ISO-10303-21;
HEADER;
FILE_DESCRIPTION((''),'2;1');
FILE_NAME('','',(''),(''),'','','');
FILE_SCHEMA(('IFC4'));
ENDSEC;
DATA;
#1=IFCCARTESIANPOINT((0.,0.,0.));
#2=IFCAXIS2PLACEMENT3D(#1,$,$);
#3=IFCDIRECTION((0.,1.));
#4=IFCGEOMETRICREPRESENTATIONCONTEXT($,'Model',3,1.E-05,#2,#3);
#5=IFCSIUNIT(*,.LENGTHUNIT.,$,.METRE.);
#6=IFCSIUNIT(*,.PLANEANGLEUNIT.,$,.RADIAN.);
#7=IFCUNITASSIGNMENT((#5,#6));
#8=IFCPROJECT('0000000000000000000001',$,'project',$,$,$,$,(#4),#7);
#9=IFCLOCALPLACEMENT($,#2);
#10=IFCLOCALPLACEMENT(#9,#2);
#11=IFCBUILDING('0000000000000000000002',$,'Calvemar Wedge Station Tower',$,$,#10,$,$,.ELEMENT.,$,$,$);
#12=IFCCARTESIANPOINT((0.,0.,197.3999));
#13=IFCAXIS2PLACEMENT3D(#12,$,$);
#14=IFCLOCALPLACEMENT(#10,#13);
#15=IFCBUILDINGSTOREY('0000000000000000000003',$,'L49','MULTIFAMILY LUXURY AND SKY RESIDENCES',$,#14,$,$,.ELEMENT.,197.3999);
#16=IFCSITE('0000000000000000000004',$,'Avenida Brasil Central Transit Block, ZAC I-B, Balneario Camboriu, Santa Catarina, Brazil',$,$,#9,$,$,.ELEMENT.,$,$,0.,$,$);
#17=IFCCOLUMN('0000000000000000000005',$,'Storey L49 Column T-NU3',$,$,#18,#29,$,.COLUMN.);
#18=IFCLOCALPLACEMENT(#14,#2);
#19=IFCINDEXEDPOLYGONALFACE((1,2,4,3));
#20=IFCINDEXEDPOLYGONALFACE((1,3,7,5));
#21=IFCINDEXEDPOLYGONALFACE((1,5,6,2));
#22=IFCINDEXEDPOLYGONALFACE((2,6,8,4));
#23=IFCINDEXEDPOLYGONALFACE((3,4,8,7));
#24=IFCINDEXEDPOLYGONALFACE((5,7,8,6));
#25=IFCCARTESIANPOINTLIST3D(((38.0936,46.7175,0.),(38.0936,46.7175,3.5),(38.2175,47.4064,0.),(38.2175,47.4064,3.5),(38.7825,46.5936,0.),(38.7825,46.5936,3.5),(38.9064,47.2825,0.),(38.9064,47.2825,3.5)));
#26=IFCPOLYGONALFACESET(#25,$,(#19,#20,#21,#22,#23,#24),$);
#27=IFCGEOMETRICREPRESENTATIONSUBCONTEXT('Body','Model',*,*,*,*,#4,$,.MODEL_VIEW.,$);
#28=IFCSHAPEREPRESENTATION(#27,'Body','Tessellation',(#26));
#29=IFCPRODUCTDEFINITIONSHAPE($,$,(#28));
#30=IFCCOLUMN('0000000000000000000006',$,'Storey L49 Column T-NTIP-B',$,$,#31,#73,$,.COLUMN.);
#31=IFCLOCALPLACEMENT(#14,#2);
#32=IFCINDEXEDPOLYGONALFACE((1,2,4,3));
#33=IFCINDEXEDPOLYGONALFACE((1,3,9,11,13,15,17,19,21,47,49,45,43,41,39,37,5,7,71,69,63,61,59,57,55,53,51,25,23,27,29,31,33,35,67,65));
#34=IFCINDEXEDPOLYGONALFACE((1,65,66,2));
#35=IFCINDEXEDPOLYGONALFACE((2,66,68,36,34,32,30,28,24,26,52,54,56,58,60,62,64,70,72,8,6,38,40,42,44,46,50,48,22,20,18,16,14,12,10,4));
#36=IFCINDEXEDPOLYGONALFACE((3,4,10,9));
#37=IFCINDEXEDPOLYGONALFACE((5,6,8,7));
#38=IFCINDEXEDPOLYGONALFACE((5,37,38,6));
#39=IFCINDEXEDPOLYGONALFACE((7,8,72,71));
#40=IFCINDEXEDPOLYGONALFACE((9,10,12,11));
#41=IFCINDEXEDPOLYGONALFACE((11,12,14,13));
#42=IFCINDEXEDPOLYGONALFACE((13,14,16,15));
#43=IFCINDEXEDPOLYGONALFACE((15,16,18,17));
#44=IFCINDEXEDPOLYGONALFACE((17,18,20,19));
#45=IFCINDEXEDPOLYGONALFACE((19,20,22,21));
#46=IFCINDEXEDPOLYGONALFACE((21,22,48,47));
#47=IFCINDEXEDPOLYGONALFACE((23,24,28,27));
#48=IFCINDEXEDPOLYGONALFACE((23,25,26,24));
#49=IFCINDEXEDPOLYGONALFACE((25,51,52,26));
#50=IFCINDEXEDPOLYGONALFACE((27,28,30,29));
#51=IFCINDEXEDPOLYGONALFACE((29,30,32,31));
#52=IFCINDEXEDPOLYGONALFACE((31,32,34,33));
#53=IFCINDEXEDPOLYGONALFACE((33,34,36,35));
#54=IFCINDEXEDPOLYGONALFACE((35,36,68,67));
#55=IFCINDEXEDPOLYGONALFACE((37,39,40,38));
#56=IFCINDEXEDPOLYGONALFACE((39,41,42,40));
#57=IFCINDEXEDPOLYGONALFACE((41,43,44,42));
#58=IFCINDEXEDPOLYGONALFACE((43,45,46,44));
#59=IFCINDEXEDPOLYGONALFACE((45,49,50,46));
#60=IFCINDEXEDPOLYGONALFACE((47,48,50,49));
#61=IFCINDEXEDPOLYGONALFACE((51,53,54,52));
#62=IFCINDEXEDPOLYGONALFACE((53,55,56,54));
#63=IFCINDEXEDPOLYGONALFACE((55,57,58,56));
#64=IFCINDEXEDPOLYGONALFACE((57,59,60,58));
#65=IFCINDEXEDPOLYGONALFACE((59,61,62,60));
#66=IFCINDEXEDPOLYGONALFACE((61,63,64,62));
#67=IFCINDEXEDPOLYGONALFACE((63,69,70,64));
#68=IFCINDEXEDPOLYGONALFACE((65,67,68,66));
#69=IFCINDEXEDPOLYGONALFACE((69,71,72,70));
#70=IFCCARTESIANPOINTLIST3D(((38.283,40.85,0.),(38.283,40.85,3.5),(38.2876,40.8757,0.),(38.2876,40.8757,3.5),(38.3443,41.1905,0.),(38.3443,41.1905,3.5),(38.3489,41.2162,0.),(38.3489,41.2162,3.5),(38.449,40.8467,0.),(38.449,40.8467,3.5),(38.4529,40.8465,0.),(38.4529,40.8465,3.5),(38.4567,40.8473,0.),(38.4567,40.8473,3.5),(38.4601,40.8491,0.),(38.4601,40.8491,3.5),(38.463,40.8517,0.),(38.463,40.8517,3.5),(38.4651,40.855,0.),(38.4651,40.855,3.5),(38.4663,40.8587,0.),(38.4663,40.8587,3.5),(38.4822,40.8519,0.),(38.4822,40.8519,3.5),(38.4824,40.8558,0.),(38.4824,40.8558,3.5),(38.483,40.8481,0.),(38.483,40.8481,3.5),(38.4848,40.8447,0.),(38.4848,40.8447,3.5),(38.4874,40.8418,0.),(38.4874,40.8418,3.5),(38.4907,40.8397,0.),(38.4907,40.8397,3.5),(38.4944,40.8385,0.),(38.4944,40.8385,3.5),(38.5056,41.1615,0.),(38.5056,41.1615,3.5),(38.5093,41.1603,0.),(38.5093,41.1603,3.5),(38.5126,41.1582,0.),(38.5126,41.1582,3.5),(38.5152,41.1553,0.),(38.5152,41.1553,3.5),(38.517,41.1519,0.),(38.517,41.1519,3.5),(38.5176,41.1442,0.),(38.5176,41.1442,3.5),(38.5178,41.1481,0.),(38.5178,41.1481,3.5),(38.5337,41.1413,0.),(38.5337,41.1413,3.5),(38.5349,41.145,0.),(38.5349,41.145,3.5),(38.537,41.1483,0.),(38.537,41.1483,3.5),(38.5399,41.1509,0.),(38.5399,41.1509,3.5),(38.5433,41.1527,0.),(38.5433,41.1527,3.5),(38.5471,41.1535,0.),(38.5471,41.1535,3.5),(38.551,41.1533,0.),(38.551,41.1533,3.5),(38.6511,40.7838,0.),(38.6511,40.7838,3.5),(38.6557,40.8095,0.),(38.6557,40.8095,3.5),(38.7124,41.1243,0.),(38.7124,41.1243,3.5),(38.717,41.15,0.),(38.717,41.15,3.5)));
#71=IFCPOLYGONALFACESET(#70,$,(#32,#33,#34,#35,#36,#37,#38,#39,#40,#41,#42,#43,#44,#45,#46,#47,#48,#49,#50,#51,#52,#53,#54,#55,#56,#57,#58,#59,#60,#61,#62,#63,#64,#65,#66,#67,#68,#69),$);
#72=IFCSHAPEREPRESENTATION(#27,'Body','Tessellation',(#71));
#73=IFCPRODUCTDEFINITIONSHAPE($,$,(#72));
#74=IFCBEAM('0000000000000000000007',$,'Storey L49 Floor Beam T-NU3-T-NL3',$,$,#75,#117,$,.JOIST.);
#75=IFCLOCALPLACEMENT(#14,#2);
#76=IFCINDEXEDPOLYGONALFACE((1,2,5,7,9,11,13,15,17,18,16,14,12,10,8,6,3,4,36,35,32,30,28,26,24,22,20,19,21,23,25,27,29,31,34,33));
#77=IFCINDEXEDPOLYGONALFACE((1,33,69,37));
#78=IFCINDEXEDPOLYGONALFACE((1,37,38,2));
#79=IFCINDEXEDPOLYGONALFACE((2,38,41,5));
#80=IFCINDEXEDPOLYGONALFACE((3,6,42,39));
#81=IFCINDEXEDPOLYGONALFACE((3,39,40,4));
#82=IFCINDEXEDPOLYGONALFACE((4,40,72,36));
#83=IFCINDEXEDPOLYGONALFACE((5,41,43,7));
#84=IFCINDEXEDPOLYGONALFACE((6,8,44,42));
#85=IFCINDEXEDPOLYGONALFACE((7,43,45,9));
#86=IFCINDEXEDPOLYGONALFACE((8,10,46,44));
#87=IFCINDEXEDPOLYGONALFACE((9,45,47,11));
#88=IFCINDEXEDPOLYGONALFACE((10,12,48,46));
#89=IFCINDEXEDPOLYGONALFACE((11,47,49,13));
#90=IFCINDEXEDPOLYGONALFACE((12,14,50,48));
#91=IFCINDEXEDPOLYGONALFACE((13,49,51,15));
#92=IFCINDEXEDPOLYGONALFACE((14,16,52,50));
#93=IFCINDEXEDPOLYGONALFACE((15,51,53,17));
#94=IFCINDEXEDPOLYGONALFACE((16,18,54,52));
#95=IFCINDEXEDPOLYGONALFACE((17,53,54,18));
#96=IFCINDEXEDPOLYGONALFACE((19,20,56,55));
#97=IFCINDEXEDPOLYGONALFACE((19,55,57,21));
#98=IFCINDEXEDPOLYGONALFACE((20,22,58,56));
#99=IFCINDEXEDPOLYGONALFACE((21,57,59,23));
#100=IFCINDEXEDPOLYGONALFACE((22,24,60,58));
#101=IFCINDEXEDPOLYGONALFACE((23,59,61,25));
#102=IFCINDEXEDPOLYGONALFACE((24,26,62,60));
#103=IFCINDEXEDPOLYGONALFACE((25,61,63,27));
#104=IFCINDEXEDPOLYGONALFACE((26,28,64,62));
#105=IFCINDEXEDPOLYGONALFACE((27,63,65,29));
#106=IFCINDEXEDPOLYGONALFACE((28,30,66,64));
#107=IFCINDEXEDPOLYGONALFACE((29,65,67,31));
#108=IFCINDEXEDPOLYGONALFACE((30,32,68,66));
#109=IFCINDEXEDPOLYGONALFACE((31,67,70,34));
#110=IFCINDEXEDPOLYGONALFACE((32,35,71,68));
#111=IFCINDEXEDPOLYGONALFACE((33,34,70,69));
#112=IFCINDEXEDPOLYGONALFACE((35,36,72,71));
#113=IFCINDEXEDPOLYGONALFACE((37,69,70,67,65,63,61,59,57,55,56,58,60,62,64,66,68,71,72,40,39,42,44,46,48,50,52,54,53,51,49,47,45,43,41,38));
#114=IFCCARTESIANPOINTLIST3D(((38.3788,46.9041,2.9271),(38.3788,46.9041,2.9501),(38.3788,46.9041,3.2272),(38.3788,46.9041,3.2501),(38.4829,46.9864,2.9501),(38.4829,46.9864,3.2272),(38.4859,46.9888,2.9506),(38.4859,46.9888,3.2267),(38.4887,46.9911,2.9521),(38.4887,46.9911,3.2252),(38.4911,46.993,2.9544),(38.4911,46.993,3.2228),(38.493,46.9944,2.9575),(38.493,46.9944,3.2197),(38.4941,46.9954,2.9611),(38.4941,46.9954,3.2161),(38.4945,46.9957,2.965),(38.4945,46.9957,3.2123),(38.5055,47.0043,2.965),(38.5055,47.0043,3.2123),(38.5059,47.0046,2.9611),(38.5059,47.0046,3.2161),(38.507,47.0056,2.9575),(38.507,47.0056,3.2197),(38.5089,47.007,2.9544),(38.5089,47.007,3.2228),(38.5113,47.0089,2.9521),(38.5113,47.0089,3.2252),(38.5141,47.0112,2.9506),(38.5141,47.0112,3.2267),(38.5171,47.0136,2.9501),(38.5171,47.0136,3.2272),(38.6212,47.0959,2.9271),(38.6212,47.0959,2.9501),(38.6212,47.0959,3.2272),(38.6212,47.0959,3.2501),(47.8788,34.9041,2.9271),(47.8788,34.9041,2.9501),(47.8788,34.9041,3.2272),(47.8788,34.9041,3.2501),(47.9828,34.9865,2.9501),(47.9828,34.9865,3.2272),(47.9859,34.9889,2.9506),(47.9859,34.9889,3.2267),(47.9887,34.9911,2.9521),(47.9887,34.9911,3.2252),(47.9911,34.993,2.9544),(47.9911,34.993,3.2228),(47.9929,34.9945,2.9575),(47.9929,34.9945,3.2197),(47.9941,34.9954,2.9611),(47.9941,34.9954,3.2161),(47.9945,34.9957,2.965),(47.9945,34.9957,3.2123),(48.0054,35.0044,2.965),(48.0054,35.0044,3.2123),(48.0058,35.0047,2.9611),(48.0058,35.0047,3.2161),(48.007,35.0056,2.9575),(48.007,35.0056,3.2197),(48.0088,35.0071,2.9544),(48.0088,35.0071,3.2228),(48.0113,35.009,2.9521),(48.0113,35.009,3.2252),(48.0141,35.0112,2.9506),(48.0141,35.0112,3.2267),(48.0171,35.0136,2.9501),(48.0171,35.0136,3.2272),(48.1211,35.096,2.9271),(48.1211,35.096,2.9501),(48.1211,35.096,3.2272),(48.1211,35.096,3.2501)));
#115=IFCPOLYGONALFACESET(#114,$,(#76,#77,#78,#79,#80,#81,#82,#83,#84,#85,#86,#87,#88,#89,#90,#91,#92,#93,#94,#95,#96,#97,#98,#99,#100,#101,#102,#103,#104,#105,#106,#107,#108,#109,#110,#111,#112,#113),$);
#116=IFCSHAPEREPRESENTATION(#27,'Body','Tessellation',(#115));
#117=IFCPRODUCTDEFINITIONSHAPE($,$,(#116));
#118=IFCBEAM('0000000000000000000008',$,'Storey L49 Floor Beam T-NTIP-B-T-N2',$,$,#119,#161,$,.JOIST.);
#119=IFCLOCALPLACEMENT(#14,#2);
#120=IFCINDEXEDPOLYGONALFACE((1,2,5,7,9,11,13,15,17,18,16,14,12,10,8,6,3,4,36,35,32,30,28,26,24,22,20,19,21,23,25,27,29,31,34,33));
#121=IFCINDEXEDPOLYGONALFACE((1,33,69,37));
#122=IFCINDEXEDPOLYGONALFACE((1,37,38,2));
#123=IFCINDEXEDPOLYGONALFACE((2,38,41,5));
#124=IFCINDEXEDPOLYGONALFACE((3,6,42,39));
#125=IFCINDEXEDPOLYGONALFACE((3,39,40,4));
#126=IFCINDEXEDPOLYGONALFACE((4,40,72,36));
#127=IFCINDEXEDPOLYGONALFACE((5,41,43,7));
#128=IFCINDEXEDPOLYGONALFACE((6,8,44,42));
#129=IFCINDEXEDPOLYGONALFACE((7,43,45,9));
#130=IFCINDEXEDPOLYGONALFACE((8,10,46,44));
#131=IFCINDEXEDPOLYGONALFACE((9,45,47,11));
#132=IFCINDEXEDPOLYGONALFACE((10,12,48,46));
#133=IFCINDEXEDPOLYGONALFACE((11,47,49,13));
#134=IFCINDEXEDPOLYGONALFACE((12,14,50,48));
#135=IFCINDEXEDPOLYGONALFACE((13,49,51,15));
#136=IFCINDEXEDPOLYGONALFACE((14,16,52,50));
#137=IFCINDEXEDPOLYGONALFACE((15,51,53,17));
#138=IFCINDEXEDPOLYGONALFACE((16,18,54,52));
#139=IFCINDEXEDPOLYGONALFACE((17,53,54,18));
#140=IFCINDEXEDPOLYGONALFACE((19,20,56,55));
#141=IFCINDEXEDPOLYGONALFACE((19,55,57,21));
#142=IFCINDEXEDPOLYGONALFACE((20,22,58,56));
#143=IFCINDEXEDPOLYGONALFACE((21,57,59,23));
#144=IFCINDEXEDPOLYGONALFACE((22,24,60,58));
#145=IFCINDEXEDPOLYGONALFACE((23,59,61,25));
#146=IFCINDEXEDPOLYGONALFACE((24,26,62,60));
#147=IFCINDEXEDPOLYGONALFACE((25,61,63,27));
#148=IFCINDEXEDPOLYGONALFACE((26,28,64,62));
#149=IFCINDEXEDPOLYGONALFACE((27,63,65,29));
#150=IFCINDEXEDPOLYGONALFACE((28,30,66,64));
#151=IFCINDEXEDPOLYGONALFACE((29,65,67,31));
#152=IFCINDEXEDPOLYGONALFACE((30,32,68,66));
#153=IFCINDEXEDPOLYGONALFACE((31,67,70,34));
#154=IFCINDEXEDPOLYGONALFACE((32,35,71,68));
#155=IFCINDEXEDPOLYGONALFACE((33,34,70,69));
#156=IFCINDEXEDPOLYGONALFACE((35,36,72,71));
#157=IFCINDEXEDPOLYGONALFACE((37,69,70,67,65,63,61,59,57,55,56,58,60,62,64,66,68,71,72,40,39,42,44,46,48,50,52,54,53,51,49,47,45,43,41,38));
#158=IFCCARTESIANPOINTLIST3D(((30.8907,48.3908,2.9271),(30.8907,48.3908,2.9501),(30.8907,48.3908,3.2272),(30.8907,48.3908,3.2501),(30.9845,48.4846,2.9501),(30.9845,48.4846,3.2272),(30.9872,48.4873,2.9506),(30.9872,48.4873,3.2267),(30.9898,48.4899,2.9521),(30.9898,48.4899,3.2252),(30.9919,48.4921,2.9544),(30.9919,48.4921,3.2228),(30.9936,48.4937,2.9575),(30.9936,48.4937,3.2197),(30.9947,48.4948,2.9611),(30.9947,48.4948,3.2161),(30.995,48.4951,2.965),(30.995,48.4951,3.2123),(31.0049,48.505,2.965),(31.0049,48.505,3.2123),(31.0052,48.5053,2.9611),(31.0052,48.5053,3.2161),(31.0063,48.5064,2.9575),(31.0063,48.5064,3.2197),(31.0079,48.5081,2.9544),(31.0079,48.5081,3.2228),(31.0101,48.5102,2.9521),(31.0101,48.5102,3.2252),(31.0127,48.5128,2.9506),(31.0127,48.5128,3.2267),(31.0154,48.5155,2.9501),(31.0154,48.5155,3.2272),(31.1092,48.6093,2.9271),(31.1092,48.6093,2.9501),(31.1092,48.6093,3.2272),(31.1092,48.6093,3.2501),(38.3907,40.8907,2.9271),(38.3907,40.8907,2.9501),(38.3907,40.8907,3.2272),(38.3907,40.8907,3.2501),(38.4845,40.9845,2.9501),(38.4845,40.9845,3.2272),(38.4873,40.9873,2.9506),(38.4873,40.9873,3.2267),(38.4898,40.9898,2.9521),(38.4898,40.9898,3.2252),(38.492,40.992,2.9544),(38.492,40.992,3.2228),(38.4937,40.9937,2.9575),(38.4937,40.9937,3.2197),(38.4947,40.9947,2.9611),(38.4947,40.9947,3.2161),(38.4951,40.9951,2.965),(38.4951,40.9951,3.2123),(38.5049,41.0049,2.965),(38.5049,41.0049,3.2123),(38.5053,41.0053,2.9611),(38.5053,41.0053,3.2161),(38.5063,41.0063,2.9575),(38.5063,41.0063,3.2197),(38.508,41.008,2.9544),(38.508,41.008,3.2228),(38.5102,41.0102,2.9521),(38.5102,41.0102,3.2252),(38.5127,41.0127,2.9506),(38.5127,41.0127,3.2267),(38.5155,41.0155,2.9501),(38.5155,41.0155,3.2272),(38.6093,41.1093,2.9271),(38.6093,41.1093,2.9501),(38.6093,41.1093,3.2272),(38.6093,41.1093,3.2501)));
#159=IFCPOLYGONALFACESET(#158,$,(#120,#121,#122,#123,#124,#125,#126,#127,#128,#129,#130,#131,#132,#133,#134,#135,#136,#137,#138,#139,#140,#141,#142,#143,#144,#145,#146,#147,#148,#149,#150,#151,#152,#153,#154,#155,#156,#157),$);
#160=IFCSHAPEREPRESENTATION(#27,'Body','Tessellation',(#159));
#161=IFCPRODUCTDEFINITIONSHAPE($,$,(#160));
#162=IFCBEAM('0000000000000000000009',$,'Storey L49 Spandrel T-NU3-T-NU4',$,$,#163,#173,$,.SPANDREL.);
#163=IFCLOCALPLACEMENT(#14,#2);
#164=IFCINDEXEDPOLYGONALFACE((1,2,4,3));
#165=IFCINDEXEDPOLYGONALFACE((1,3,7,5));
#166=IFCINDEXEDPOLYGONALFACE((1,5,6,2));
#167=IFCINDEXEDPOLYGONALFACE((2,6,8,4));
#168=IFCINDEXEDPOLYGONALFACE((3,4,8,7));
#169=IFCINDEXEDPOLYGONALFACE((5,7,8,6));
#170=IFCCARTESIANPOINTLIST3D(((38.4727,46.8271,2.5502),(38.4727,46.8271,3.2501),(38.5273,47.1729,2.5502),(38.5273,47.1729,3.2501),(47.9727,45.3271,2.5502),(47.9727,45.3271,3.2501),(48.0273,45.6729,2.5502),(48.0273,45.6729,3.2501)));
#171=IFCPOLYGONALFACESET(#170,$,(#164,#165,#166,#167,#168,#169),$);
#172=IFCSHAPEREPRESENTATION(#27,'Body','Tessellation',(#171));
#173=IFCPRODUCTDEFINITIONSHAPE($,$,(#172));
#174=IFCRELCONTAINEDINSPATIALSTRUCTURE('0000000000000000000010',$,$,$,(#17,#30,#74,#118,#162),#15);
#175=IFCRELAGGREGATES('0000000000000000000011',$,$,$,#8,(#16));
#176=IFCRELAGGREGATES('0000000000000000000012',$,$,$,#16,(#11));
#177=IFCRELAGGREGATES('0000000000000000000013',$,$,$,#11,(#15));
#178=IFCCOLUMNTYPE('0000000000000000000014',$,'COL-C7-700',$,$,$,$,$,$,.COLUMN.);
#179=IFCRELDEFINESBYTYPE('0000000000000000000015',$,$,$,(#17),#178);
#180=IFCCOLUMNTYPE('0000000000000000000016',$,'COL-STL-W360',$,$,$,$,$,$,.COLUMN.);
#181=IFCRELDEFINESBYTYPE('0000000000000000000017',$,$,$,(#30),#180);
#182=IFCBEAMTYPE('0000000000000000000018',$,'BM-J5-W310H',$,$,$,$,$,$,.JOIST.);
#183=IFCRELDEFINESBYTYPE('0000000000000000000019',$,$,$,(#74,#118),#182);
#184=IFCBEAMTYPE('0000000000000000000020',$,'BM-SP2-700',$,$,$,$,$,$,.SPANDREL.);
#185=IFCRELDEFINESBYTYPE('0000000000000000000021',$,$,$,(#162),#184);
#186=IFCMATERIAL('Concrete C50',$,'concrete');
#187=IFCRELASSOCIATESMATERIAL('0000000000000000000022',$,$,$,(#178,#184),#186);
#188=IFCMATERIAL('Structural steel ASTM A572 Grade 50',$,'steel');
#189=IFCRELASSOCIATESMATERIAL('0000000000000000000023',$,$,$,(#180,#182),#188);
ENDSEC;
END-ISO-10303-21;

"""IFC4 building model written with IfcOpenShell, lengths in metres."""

from ifc_helpers import new_model, si_unit, direction, frame, origin, origin_2d, place, context, subcontext, project, spatial, rectangle, i_section, extrude, source, transform, mapped, material, material_profile, profile_set, type_object, element, save


model = new_model("IFC4")

# Units and contexts
model_context = context("Model", 3, precision=1e-05, world=origin(), true_north=direction((0.0, 1.0)))
body_context = subcontext(model_context, "Body", "Model", "MODEL_VIEW")
ifc_project = project(units=[si_unit("LENGTHUNIT", "METRE"), si_unit("PLANEANGLEUNIT", "RADIAN")], contexts=[model_context])

# Site, building, storey
site_placement = place(None, origin())
site = spatial("IfcSite", under=ifc_project, at=site_placement, Name="Avenida Brasil Central Transit Block, ZAC I-B, Balneario Camboriu, Santa Catarina, Brazil", CompositionType="ELEMENT", RefElevation=0.0)
building_placement = place(site_placement, origin())
building = spatial("IfcBuilding", under=site, at=building_placement, Name="Calvemar Wedge Station Tower", CompositionType="ELEMENT")
storey_placement = place(building_placement, frame((0.0, 0.0, 197.3999)))
storey = spatial("IfcBuildingStorey", under=building, at=storey_placement, Name="L49", Description="MULTIFAMILY LUXURY AND SKY RESIDENCES", CompositionType="ELEMENT", Elevation=197.3999)

# Columns
ifc_material_1 = material(Name="Concrete C50", Category="concrete")
ifc_material_profile_1 = material_profile(ifc_material_1, rectangle(XDim=0.7, YDim=0.7, at=origin_2d()), Name="RC700x700")
ifc_profile_set_1 = profile_set([ifc_material_profile_1], Name="Concrete C50")
column_type_1 = type_object("IfcColumnType", Name="COL-C7-700", PredefinedType="COLUMN", material=ifc_profile_set_1)
shared_shape_1 = source(origin(), body_context, "Body", "SweptSolid", [
    extrude(rectangle(XDim=0.7, YDim=0.7, at=origin_2d()), origin(), (0.0, 0.0, 1.0), 3.5),
])
column_1_placement = place(storey_placement, frame((38.5, 47.0, 0.0), z_axis=(0.0, 0.0, 1.0), x_axis=(0.984196, -0.177085, 0.0)))
element("IfcColumn", 1, at=column_1_placement, inside=storey, type_object=column_type_1, Name="Storey L49 Column T-NU3", PredefinedType="COLUMN", context=body_context, shape_type="MappedRepresentation", body=[
    mapped(shared_shape_1, transform((0.0, 0.0, 0.0), scale=1.0)),
])
ifc_material_2 = material(Name="Structural steel ASTM A572 Grade 50", Category="steel")
ifc_material_profile_2 = material_profile(ifc_material_2, i_section(OverallWidth=0.374, OverallDepth=0.3721, WebThickness=0.0164, FlangeThickness=0.0261, FilletRadius=0.0149, at=origin_2d()), Name="W360x196")
ifc_profile_set_2 = profile_set([ifc_material_profile_2], Name="Structural steel ASTM A572 Grade 50")
column_type_2 = type_object("IfcColumnType", Name="COL-STL-W360", PredefinedType="COLUMN", material=ifc_profile_set_2)
shared_shape_2 = source(origin(), body_context, "Body", "SweptSolid", [
    extrude(i_section(OverallWidth=0.374, OverallDepth=0.3721, WebThickness=0.0164, FlangeThickness=0.0261, FilletRadius=0.0149, at=origin_2d()), origin(), (0.0, 0.0, 1.0), 3.5),
])
column_2_placement = place(storey_placement, frame((38.5, 41.0, 0.0), z_axis=(0.0, 0.0, 1.0), x_axis=(0.984196, -0.177085, 0.0)))
element("IfcColumn", 2, at=column_2_placement, inside=storey, type_object=column_type_2, Name="Storey L49 Column T-NTIP-B", PredefinedType="COLUMN", context=body_context, shape_type="MappedRepresentation", body=[
    mapped(shared_shape_2, transform((0.0, 0.0, 0.0), scale=1.0)),
])

# Beams
ifc_material_profile_3 = material_profile(ifc_material_2, i_section(OverallWidth=0.3091, OverallDepth=0.323, WebThickness=0.0139, FlangeThickness=0.0229, FilletRadius=0.0149, at=origin_2d()), Name="W310x143")
ifc_profile_set_3 = profile_set([ifc_material_profile_3], Name="Structural steel ASTM A572 Grade 50")
beam_type_1 = type_object("IfcBeamType", Name="BM-J5-W310H", PredefinedType="JOIST", material=ifc_profile_set_3)
shared_shape_3 = source(origin(), body_context, "Body", "SweptSolid", [
    extrude(i_section(OverallWidth=0.3091, OverallDepth=0.323, WebThickness=0.0139, FlangeThickness=0.0229, FilletRadius=0.0149, at=origin_2d()), origin(), (0.0, 0.0, 1.0), 15.3052),
])
beam_1_placement = place(storey_placement, frame((38.5, 47.0, 3.0886), z_axis=(0.620703, -0.784046, 0.0), x_axis=(0.784046, 0.620703, 0.0)))
element("IfcBeam", 3, at=beam_1_placement, inside=storey, type_object=beam_type_1, Name="Storey L49 Floor Beam T-NU3-T-NL3", PredefinedType="JOIST", context=body_context, shape_type="MappedRepresentation", body=[
    mapped(shared_shape_3, transform((0.0, 0.0, 0.0), scale=1.0)),
])
shared_shape_4 = source(origin(), body_context, "Body", "SweptSolid", [
    extrude(i_section(OverallWidth=0.3091, OverallDepth=0.323, WebThickness=0.0139, FlangeThickness=0.0229, FilletRadius=0.0149, at=origin_2d()), origin(), (0.0, 0.0, 1.0), 10.6067),
])
beam_2_placement = place(storey_placement, frame((38.5, 41.0, 3.0886), z_axis=(-0.707107, 0.707107, 0.0), x_axis=(-0.707107, -0.707107, 0.0)))
element("IfcBeam", 4, at=beam_2_placement, inside=storey, type_object=beam_type_1, Name="Storey L49 Floor Beam T-NTIP-B-T-N2", PredefinedType="JOIST", context=body_context, shape_type="MappedRepresentation", body=[
    mapped(shared_shape_4, transform((0.0, 0.0, 0.0), scale=1.0)),
])
ifc_material_profile_4 = material_profile(ifc_material_1, rectangle(XDim=0.3501, YDim=0.7, at=origin_2d()), Name="RC350x700")
ifc_profile_set_4 = profile_set([ifc_material_profile_4], Name="Concrete C50")
beam_type_2 = type_object("IfcBeamType", Name="BM-SP2-700", PredefinedType="SPANDREL", material=ifc_profile_set_4)
shared_shape_5 = source(origin(), body_context, "Body", "SweptSolid", [
    extrude(rectangle(XDim=0.3501, YDim=0.7, at=origin_2d()), origin(), (0.0, 0.0, 1.0), 9.6177),
])
beam_3_placement = place(storey_placement, frame((38.5, 47.0, 2.9001), z_axis=(0.987763, -0.155963, 0.0), x_axis=(0.155963, 0.987763, 0.0)))
element("IfcBeam", 5, at=beam_3_placement, inside=storey, type_object=beam_type_2, Name="Storey L49 Spandrel T-NU3-T-NU4", PredefinedType="SPANDREL", context=body_context, shape_type="MappedRepresentation", body=[
    mapped(shared_shape_5, transform((0.0, 0.0, 0.0), scale=1.0)),
])

save(model, "model.ifc")
